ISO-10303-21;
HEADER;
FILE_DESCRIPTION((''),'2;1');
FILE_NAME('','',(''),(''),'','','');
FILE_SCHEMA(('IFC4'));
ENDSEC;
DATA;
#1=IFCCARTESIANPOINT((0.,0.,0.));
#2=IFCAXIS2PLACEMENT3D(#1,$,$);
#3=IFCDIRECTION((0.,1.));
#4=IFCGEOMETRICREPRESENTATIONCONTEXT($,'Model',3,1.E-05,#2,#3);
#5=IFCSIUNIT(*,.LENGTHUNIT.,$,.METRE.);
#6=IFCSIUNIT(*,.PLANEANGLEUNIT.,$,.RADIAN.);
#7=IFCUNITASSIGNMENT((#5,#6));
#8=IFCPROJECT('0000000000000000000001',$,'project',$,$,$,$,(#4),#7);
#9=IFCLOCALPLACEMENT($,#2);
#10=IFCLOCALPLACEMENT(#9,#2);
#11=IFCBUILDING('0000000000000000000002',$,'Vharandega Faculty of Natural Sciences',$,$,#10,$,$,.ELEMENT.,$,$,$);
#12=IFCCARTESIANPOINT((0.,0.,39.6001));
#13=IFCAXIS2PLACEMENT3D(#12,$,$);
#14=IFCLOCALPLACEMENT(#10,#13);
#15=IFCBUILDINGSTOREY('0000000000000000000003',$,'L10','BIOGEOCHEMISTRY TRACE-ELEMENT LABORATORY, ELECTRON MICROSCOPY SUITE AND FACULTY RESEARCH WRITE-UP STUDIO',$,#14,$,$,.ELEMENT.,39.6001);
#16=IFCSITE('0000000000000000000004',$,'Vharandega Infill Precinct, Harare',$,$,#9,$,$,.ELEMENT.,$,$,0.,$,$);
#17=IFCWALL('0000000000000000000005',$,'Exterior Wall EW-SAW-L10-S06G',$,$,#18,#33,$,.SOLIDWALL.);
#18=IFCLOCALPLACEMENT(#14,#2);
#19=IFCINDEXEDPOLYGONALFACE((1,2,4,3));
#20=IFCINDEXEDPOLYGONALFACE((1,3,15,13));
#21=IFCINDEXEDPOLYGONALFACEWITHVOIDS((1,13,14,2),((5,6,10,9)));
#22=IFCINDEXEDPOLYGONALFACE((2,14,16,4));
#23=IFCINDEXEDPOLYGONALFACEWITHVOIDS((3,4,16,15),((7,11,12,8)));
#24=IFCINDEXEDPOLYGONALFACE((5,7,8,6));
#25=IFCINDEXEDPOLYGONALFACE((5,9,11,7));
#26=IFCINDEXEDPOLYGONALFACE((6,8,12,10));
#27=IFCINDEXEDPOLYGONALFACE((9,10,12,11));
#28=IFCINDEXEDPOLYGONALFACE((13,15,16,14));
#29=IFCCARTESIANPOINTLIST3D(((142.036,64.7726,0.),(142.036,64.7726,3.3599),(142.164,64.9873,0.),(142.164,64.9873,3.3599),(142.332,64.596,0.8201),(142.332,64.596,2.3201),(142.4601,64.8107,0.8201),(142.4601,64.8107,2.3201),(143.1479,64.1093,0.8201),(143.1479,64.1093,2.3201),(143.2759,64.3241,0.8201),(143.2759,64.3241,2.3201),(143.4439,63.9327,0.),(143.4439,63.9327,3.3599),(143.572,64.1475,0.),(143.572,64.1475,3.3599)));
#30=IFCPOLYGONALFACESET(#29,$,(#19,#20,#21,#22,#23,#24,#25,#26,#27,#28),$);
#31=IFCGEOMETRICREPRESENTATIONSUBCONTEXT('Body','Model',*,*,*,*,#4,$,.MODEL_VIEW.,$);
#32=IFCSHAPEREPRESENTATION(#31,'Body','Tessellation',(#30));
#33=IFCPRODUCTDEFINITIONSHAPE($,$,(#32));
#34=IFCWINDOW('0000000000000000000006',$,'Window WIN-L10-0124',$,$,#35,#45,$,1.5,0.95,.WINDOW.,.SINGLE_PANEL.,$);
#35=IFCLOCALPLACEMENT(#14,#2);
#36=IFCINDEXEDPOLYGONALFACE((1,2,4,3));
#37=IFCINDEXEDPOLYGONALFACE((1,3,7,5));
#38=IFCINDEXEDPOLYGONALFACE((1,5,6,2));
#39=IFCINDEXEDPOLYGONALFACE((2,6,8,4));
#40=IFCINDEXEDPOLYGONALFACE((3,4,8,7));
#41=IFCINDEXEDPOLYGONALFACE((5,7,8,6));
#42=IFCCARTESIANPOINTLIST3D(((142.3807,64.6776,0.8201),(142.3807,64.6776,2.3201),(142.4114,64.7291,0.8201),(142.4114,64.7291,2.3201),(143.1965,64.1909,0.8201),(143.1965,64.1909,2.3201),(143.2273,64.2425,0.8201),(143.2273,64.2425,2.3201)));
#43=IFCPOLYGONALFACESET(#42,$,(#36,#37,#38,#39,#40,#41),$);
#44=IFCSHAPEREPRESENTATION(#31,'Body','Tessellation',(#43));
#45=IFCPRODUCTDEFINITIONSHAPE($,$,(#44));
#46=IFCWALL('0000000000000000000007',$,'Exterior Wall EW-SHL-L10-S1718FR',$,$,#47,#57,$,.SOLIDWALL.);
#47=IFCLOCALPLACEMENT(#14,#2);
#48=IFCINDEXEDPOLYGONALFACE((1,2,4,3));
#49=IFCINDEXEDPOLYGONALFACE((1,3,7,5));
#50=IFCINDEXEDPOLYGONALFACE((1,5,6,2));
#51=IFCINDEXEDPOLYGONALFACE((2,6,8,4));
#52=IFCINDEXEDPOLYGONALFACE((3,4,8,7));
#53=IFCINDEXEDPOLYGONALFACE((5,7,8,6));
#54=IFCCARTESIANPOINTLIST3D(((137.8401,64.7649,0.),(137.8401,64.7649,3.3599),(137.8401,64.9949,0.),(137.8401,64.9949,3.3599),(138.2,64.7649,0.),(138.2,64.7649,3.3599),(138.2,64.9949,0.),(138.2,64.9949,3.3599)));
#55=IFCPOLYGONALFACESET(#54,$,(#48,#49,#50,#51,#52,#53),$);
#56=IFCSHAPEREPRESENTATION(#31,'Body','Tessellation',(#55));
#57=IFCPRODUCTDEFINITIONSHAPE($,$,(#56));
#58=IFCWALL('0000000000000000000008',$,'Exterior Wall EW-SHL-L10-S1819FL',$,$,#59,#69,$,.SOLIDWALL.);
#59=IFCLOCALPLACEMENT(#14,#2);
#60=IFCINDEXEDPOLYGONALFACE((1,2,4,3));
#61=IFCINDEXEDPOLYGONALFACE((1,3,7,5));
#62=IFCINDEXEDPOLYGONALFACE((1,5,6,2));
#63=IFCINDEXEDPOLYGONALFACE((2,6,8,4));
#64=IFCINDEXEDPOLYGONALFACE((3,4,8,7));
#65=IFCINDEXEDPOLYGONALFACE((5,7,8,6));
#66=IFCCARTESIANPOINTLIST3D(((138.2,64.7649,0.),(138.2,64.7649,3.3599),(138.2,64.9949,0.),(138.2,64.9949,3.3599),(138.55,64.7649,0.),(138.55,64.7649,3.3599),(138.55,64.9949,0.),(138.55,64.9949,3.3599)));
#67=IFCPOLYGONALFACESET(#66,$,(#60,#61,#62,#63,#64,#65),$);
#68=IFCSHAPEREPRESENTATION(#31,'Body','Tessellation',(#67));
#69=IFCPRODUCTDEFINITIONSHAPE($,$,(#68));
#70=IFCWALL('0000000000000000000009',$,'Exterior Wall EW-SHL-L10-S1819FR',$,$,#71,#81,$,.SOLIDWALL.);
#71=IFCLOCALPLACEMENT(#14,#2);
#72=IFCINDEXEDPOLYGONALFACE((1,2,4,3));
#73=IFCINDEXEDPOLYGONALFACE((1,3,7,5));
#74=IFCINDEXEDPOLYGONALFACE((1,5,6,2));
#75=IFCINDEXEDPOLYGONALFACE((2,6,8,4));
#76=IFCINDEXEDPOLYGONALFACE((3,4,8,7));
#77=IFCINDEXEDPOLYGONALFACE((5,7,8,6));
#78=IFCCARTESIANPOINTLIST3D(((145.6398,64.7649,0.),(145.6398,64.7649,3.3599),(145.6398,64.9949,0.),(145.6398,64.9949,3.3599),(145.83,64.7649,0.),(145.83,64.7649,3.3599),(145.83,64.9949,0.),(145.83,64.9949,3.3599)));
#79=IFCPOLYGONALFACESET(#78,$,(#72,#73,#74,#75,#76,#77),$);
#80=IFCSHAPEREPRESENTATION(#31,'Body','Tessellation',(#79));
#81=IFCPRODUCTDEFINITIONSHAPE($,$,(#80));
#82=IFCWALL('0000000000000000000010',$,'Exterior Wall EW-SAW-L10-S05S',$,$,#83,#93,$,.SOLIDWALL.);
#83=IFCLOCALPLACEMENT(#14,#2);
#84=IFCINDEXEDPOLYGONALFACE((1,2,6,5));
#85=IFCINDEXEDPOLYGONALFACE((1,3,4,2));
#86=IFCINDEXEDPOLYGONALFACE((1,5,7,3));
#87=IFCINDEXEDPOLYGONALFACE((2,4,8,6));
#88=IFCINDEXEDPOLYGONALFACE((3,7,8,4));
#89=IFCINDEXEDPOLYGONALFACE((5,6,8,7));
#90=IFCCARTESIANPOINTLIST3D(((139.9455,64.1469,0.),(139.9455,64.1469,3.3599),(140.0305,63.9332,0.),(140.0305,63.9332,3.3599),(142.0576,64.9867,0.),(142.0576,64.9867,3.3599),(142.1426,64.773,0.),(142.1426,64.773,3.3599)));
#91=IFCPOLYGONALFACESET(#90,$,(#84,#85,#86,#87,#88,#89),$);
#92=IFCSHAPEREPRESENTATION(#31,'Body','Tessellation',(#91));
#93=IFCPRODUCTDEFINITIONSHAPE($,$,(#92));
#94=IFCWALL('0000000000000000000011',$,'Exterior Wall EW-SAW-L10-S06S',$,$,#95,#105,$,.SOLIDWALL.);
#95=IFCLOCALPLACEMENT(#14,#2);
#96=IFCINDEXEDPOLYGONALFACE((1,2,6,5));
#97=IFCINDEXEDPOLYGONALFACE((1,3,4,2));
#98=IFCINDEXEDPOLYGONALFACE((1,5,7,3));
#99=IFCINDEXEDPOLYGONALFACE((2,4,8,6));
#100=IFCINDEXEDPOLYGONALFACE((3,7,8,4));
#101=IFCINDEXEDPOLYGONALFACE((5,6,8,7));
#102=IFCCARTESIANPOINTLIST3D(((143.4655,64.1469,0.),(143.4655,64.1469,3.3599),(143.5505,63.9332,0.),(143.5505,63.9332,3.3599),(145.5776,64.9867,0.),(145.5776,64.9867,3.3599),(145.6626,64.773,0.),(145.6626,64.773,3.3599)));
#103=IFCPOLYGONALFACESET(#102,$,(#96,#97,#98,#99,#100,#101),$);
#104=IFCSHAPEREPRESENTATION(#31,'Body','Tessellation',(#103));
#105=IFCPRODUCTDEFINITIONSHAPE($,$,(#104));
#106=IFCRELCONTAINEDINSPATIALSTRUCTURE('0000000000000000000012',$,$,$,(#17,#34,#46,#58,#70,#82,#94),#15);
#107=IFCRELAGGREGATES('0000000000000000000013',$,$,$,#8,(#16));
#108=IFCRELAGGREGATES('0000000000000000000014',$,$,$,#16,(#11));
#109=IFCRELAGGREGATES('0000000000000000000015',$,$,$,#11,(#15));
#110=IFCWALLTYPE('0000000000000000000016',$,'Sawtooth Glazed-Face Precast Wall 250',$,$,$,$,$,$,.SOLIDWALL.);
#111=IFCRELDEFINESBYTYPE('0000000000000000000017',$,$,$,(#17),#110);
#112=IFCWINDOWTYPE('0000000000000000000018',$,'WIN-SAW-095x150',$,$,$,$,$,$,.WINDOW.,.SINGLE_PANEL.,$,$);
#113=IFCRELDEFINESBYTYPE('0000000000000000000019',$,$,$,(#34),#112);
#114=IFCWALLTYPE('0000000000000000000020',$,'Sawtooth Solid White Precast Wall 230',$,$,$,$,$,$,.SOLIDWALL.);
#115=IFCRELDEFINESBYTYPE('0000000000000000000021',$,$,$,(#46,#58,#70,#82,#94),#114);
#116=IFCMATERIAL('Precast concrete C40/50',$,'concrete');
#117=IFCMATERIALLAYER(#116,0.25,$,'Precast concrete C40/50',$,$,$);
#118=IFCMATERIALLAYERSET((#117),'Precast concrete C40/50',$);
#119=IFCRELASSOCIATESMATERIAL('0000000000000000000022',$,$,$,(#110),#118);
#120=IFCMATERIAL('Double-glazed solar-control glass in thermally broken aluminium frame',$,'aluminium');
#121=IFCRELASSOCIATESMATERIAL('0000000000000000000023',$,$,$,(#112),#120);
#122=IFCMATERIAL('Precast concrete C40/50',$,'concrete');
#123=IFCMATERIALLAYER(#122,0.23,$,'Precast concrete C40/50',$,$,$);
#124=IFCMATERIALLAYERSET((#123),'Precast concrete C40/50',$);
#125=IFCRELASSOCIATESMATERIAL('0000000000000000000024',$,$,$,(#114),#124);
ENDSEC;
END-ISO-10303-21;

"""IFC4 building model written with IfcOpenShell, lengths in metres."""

from ifc_helpers import new_model, si_unit, direction, frame, frame_2d, origin, place, context, subcontext, project, spatial, rectangle, extrude, material, layer, layer_set, type_object, element, fill, save


model = new_model("IFC4")

# Units and contexts
model_context = context("Model", 3, precision=1e-05, world=origin(), true_north=direction((0.0, 1.0)))
body_context = subcontext(model_context, "Body", "Model", "MODEL_VIEW")
ifc_project = project(units=[si_unit("LENGTHUNIT", "METRE"), si_unit("PLANEANGLEUNIT", "RADIAN")], contexts=[model_context])

# Site, building, storey
site_placement = place(None, origin())
site = spatial("IfcSite", under=ifc_project, at=site_placement, Name="Vharandega Infill Precinct, Harare", CompositionType="ELEMENT", RefElevation=0.0)
building_placement = place(site_placement, origin())
building = spatial("IfcBuilding", under=site, at=building_placement, Name="Vharandega Faculty of Natural Sciences", CompositionType="ELEMENT")
storey_placement = place(building_placement, frame((0.0, 0.0, 39.6001)))
storey = spatial("IfcBuildingStorey", under=building, at=storey_placement, Name="L10", Description="BIOGEOCHEMISTRY TRACE-ELEMENT LABORATORY, ELECTRON MICROSCOPY SUITE AND FACULTY RESEARCH WRITE-UP STUDIO", CompositionType="ELEMENT", Elevation=39.6001)

# Wall, opening, window
ifc_material_1 = material(Name="Precast concrete C40/50", Category="concrete")
ifc_layer_1 = layer(ifc_material_1, 0.25, Name="Precast concrete C40/50")
ifc_layer_set_1 = layer_set([ifc_layer_1], Name="Precast concrete C40/50")
wall_type_1 = type_object("IfcWallType", Name="Sawtooth Glazed-Face Precast Wall 250", PredefinedType="SOLIDWALL", material=ifc_layer_set_1)
wall_1_placement = place(storey_placement, frame((143.5081, 64.04, 0.0), z_axis=(0.0, 0.0, 1.0), x_axis=(-0.858817, 0.512282, 0.0)))
wall_1 = element("IfcWall", 1, at=wall_1_placement, inside=storey, type_object=wall_type_1, Name="Exterior Wall EW-SAW-L10-S06G", PredefinedType="SOLIDWALL", context=body_context, shape_type="SweptSolid", body=[
    extrude(rectangle(XDim=1.6394, YDim=0.25, at=frame_2d((0.8198, 0.0))), origin(), (0.0, 0.0, 1.0), 3.3599),
])
opening_1_placement = place(wall_1_placement, frame((0.3447, 0.0, 0.8201)))
opening_1 = element("IfcOpeningElement", 2, at=opening_1_placement, cuts=wall_1, PredefinedType="OPENING", context=body_context, shape_type="SweptSolid", body=[
    extrude(rectangle(XDim=0.95, YDim=1.5, at=frame_2d((0.4751, 0.75))), frame((0.0, 0.135, 0.0), z_axis=(0.0, -1.0, 0.0), x_axis=(1.0, 0.0, 0.0)), (0.0, 0.0, 1.0), 0.27),
])
ifc_material_2 = material(Name="Double-glazed solar-control glass in thermally broken aluminium frame", Category="aluminium")
window_type_1 = type_object("IfcWindowType", Name="WIN-SAW-095x150", PartitioningType="SINGLE_PANEL", PredefinedType="WINDOW", material=ifc_material_2)
window_1_placement = place(opening_1_placement, origin())
window_1 = element("IfcWindow", 3, at=window_1_placement, inside=storey, type_object=window_type_1, Name="Window WIN-L10-0124", OverallHeight=1.5, OverallWidth=0.95, PartitioningType="SINGLE_PANEL", PredefinedType="WINDOW", context=body_context, shape_type="SweptSolid", body=[
    extrude(rectangle(XDim=0.95, YDim=1.5, at=frame_2d((0.4751, 0.75))), frame((0.0, 0.03, 0.0), z_axis=(0.0, -1.0, 0.0), x_axis=(1.0, 0.0, 0.0)), (0.0, 0.0, 1.0), 0.0601),
])
fill(opening_1, window_1)

# Walls
ifc_material_3 = material(Name="Precast concrete C40/50", Category="concrete")
ifc_layer_2 = layer(ifc_material_3, 0.23, Name="Precast concrete C40/50")
ifc_layer_set_2 = layer_set([ifc_layer_2], Name="Precast concrete C40/50")
wall_type_2 = type_object("IfcWallType", Name="Sawtooth Solid White Precast Wall 230", PredefinedType="SOLIDWALL", material=ifc_layer_set_2)
wall_2_placement = place(storey_placement, frame((138.2, 64.8799, 0.0), z_axis=(0.0, 0.0, 1.0), x_axis=(-1.0, 0.0, 0.0)))
element("IfcWall", 4, at=wall_2_placement, inside=storey, type_object=wall_type_2, Name="Exterior Wall EW-SHL-L10-S1718FR", PredefinedType="SOLIDWALL", context=body_context, shape_type="SweptSolid", body=[
    extrude(rectangle(XDim=0.3599, YDim=0.23, at=frame_2d((0.1799, 0.0))), origin(), (0.0, 0.0, 1.0), 3.3599),
])
wall_3_placement = place(storey_placement, frame((138.55, 64.8799, 0.0), z_axis=(0.0, 0.0, 1.0), x_axis=(-1.0, 0.0, 0.0)))
element("IfcWall", 5, at=wall_3_placement, inside=storey, type_object=wall_type_2, Name="Exterior Wall EW-SHL-L10-S1819FL", PredefinedType="SOLIDWALL", context=body_context, shape_type="SweptSolid", body=[
    extrude(rectangle(XDim=0.3501, YDim=0.23, at=frame_2d((0.175, 0.0))), origin(), (0.0, 0.0, 1.0), 3.3599),
])
wall_4_placement = place(storey_placement, frame((145.8301, 64.8799, 0.0), z_axis=(0.0, 0.0, 1.0), x_axis=(-1.0, 0.0, 0.0)))
element("IfcWall", 6, at=wall_4_placement, inside=storey, type_object=wall_type_2, Name="Exterior Wall EW-SHL-L10-S1819FR", PredefinedType="SOLIDWALL", context=body_context, shape_type="SweptSolid", body=[
    extrude(rectangle(XDim=0.1902, YDim=0.23, at=frame_2d((0.0952, 0.0))), origin(), (0.0, 0.0, 1.0), 3.3599),
])
for number, where, z_axis, x_axis, name in (
    (7, (142.1001, 64.8799, 0.0), (0.0, 0.0, 1.0), (-0.92923, -0.369501, 0.0), "Exterior Wall EW-SAW-L10-S05S"),
    (8, (145.6201, 64.8799, 0.0), (0.0, 0.0, 1.0), (-0.92923, -0.369501, 0.0), "Exterior Wall EW-SAW-L10-S06S"),
):
    element("IfcWall", number, at=place(storey_placement, frame(where, z_axis=z_axis, x_axis=x_axis)), inside=storey, type_object=wall_type_2, Name=name, PredefinedType="SOLIDWALL", context=body_context, shape_type="SweptSolid", body=[
        extrude(rectangle(XDim=2.2729, YDim=0.23, at=frame_2d((1.1365, 0.0))), origin(), (0.0, 0.0, 1.0), 3.3599),
    ])

save(model, "model.ifc")
